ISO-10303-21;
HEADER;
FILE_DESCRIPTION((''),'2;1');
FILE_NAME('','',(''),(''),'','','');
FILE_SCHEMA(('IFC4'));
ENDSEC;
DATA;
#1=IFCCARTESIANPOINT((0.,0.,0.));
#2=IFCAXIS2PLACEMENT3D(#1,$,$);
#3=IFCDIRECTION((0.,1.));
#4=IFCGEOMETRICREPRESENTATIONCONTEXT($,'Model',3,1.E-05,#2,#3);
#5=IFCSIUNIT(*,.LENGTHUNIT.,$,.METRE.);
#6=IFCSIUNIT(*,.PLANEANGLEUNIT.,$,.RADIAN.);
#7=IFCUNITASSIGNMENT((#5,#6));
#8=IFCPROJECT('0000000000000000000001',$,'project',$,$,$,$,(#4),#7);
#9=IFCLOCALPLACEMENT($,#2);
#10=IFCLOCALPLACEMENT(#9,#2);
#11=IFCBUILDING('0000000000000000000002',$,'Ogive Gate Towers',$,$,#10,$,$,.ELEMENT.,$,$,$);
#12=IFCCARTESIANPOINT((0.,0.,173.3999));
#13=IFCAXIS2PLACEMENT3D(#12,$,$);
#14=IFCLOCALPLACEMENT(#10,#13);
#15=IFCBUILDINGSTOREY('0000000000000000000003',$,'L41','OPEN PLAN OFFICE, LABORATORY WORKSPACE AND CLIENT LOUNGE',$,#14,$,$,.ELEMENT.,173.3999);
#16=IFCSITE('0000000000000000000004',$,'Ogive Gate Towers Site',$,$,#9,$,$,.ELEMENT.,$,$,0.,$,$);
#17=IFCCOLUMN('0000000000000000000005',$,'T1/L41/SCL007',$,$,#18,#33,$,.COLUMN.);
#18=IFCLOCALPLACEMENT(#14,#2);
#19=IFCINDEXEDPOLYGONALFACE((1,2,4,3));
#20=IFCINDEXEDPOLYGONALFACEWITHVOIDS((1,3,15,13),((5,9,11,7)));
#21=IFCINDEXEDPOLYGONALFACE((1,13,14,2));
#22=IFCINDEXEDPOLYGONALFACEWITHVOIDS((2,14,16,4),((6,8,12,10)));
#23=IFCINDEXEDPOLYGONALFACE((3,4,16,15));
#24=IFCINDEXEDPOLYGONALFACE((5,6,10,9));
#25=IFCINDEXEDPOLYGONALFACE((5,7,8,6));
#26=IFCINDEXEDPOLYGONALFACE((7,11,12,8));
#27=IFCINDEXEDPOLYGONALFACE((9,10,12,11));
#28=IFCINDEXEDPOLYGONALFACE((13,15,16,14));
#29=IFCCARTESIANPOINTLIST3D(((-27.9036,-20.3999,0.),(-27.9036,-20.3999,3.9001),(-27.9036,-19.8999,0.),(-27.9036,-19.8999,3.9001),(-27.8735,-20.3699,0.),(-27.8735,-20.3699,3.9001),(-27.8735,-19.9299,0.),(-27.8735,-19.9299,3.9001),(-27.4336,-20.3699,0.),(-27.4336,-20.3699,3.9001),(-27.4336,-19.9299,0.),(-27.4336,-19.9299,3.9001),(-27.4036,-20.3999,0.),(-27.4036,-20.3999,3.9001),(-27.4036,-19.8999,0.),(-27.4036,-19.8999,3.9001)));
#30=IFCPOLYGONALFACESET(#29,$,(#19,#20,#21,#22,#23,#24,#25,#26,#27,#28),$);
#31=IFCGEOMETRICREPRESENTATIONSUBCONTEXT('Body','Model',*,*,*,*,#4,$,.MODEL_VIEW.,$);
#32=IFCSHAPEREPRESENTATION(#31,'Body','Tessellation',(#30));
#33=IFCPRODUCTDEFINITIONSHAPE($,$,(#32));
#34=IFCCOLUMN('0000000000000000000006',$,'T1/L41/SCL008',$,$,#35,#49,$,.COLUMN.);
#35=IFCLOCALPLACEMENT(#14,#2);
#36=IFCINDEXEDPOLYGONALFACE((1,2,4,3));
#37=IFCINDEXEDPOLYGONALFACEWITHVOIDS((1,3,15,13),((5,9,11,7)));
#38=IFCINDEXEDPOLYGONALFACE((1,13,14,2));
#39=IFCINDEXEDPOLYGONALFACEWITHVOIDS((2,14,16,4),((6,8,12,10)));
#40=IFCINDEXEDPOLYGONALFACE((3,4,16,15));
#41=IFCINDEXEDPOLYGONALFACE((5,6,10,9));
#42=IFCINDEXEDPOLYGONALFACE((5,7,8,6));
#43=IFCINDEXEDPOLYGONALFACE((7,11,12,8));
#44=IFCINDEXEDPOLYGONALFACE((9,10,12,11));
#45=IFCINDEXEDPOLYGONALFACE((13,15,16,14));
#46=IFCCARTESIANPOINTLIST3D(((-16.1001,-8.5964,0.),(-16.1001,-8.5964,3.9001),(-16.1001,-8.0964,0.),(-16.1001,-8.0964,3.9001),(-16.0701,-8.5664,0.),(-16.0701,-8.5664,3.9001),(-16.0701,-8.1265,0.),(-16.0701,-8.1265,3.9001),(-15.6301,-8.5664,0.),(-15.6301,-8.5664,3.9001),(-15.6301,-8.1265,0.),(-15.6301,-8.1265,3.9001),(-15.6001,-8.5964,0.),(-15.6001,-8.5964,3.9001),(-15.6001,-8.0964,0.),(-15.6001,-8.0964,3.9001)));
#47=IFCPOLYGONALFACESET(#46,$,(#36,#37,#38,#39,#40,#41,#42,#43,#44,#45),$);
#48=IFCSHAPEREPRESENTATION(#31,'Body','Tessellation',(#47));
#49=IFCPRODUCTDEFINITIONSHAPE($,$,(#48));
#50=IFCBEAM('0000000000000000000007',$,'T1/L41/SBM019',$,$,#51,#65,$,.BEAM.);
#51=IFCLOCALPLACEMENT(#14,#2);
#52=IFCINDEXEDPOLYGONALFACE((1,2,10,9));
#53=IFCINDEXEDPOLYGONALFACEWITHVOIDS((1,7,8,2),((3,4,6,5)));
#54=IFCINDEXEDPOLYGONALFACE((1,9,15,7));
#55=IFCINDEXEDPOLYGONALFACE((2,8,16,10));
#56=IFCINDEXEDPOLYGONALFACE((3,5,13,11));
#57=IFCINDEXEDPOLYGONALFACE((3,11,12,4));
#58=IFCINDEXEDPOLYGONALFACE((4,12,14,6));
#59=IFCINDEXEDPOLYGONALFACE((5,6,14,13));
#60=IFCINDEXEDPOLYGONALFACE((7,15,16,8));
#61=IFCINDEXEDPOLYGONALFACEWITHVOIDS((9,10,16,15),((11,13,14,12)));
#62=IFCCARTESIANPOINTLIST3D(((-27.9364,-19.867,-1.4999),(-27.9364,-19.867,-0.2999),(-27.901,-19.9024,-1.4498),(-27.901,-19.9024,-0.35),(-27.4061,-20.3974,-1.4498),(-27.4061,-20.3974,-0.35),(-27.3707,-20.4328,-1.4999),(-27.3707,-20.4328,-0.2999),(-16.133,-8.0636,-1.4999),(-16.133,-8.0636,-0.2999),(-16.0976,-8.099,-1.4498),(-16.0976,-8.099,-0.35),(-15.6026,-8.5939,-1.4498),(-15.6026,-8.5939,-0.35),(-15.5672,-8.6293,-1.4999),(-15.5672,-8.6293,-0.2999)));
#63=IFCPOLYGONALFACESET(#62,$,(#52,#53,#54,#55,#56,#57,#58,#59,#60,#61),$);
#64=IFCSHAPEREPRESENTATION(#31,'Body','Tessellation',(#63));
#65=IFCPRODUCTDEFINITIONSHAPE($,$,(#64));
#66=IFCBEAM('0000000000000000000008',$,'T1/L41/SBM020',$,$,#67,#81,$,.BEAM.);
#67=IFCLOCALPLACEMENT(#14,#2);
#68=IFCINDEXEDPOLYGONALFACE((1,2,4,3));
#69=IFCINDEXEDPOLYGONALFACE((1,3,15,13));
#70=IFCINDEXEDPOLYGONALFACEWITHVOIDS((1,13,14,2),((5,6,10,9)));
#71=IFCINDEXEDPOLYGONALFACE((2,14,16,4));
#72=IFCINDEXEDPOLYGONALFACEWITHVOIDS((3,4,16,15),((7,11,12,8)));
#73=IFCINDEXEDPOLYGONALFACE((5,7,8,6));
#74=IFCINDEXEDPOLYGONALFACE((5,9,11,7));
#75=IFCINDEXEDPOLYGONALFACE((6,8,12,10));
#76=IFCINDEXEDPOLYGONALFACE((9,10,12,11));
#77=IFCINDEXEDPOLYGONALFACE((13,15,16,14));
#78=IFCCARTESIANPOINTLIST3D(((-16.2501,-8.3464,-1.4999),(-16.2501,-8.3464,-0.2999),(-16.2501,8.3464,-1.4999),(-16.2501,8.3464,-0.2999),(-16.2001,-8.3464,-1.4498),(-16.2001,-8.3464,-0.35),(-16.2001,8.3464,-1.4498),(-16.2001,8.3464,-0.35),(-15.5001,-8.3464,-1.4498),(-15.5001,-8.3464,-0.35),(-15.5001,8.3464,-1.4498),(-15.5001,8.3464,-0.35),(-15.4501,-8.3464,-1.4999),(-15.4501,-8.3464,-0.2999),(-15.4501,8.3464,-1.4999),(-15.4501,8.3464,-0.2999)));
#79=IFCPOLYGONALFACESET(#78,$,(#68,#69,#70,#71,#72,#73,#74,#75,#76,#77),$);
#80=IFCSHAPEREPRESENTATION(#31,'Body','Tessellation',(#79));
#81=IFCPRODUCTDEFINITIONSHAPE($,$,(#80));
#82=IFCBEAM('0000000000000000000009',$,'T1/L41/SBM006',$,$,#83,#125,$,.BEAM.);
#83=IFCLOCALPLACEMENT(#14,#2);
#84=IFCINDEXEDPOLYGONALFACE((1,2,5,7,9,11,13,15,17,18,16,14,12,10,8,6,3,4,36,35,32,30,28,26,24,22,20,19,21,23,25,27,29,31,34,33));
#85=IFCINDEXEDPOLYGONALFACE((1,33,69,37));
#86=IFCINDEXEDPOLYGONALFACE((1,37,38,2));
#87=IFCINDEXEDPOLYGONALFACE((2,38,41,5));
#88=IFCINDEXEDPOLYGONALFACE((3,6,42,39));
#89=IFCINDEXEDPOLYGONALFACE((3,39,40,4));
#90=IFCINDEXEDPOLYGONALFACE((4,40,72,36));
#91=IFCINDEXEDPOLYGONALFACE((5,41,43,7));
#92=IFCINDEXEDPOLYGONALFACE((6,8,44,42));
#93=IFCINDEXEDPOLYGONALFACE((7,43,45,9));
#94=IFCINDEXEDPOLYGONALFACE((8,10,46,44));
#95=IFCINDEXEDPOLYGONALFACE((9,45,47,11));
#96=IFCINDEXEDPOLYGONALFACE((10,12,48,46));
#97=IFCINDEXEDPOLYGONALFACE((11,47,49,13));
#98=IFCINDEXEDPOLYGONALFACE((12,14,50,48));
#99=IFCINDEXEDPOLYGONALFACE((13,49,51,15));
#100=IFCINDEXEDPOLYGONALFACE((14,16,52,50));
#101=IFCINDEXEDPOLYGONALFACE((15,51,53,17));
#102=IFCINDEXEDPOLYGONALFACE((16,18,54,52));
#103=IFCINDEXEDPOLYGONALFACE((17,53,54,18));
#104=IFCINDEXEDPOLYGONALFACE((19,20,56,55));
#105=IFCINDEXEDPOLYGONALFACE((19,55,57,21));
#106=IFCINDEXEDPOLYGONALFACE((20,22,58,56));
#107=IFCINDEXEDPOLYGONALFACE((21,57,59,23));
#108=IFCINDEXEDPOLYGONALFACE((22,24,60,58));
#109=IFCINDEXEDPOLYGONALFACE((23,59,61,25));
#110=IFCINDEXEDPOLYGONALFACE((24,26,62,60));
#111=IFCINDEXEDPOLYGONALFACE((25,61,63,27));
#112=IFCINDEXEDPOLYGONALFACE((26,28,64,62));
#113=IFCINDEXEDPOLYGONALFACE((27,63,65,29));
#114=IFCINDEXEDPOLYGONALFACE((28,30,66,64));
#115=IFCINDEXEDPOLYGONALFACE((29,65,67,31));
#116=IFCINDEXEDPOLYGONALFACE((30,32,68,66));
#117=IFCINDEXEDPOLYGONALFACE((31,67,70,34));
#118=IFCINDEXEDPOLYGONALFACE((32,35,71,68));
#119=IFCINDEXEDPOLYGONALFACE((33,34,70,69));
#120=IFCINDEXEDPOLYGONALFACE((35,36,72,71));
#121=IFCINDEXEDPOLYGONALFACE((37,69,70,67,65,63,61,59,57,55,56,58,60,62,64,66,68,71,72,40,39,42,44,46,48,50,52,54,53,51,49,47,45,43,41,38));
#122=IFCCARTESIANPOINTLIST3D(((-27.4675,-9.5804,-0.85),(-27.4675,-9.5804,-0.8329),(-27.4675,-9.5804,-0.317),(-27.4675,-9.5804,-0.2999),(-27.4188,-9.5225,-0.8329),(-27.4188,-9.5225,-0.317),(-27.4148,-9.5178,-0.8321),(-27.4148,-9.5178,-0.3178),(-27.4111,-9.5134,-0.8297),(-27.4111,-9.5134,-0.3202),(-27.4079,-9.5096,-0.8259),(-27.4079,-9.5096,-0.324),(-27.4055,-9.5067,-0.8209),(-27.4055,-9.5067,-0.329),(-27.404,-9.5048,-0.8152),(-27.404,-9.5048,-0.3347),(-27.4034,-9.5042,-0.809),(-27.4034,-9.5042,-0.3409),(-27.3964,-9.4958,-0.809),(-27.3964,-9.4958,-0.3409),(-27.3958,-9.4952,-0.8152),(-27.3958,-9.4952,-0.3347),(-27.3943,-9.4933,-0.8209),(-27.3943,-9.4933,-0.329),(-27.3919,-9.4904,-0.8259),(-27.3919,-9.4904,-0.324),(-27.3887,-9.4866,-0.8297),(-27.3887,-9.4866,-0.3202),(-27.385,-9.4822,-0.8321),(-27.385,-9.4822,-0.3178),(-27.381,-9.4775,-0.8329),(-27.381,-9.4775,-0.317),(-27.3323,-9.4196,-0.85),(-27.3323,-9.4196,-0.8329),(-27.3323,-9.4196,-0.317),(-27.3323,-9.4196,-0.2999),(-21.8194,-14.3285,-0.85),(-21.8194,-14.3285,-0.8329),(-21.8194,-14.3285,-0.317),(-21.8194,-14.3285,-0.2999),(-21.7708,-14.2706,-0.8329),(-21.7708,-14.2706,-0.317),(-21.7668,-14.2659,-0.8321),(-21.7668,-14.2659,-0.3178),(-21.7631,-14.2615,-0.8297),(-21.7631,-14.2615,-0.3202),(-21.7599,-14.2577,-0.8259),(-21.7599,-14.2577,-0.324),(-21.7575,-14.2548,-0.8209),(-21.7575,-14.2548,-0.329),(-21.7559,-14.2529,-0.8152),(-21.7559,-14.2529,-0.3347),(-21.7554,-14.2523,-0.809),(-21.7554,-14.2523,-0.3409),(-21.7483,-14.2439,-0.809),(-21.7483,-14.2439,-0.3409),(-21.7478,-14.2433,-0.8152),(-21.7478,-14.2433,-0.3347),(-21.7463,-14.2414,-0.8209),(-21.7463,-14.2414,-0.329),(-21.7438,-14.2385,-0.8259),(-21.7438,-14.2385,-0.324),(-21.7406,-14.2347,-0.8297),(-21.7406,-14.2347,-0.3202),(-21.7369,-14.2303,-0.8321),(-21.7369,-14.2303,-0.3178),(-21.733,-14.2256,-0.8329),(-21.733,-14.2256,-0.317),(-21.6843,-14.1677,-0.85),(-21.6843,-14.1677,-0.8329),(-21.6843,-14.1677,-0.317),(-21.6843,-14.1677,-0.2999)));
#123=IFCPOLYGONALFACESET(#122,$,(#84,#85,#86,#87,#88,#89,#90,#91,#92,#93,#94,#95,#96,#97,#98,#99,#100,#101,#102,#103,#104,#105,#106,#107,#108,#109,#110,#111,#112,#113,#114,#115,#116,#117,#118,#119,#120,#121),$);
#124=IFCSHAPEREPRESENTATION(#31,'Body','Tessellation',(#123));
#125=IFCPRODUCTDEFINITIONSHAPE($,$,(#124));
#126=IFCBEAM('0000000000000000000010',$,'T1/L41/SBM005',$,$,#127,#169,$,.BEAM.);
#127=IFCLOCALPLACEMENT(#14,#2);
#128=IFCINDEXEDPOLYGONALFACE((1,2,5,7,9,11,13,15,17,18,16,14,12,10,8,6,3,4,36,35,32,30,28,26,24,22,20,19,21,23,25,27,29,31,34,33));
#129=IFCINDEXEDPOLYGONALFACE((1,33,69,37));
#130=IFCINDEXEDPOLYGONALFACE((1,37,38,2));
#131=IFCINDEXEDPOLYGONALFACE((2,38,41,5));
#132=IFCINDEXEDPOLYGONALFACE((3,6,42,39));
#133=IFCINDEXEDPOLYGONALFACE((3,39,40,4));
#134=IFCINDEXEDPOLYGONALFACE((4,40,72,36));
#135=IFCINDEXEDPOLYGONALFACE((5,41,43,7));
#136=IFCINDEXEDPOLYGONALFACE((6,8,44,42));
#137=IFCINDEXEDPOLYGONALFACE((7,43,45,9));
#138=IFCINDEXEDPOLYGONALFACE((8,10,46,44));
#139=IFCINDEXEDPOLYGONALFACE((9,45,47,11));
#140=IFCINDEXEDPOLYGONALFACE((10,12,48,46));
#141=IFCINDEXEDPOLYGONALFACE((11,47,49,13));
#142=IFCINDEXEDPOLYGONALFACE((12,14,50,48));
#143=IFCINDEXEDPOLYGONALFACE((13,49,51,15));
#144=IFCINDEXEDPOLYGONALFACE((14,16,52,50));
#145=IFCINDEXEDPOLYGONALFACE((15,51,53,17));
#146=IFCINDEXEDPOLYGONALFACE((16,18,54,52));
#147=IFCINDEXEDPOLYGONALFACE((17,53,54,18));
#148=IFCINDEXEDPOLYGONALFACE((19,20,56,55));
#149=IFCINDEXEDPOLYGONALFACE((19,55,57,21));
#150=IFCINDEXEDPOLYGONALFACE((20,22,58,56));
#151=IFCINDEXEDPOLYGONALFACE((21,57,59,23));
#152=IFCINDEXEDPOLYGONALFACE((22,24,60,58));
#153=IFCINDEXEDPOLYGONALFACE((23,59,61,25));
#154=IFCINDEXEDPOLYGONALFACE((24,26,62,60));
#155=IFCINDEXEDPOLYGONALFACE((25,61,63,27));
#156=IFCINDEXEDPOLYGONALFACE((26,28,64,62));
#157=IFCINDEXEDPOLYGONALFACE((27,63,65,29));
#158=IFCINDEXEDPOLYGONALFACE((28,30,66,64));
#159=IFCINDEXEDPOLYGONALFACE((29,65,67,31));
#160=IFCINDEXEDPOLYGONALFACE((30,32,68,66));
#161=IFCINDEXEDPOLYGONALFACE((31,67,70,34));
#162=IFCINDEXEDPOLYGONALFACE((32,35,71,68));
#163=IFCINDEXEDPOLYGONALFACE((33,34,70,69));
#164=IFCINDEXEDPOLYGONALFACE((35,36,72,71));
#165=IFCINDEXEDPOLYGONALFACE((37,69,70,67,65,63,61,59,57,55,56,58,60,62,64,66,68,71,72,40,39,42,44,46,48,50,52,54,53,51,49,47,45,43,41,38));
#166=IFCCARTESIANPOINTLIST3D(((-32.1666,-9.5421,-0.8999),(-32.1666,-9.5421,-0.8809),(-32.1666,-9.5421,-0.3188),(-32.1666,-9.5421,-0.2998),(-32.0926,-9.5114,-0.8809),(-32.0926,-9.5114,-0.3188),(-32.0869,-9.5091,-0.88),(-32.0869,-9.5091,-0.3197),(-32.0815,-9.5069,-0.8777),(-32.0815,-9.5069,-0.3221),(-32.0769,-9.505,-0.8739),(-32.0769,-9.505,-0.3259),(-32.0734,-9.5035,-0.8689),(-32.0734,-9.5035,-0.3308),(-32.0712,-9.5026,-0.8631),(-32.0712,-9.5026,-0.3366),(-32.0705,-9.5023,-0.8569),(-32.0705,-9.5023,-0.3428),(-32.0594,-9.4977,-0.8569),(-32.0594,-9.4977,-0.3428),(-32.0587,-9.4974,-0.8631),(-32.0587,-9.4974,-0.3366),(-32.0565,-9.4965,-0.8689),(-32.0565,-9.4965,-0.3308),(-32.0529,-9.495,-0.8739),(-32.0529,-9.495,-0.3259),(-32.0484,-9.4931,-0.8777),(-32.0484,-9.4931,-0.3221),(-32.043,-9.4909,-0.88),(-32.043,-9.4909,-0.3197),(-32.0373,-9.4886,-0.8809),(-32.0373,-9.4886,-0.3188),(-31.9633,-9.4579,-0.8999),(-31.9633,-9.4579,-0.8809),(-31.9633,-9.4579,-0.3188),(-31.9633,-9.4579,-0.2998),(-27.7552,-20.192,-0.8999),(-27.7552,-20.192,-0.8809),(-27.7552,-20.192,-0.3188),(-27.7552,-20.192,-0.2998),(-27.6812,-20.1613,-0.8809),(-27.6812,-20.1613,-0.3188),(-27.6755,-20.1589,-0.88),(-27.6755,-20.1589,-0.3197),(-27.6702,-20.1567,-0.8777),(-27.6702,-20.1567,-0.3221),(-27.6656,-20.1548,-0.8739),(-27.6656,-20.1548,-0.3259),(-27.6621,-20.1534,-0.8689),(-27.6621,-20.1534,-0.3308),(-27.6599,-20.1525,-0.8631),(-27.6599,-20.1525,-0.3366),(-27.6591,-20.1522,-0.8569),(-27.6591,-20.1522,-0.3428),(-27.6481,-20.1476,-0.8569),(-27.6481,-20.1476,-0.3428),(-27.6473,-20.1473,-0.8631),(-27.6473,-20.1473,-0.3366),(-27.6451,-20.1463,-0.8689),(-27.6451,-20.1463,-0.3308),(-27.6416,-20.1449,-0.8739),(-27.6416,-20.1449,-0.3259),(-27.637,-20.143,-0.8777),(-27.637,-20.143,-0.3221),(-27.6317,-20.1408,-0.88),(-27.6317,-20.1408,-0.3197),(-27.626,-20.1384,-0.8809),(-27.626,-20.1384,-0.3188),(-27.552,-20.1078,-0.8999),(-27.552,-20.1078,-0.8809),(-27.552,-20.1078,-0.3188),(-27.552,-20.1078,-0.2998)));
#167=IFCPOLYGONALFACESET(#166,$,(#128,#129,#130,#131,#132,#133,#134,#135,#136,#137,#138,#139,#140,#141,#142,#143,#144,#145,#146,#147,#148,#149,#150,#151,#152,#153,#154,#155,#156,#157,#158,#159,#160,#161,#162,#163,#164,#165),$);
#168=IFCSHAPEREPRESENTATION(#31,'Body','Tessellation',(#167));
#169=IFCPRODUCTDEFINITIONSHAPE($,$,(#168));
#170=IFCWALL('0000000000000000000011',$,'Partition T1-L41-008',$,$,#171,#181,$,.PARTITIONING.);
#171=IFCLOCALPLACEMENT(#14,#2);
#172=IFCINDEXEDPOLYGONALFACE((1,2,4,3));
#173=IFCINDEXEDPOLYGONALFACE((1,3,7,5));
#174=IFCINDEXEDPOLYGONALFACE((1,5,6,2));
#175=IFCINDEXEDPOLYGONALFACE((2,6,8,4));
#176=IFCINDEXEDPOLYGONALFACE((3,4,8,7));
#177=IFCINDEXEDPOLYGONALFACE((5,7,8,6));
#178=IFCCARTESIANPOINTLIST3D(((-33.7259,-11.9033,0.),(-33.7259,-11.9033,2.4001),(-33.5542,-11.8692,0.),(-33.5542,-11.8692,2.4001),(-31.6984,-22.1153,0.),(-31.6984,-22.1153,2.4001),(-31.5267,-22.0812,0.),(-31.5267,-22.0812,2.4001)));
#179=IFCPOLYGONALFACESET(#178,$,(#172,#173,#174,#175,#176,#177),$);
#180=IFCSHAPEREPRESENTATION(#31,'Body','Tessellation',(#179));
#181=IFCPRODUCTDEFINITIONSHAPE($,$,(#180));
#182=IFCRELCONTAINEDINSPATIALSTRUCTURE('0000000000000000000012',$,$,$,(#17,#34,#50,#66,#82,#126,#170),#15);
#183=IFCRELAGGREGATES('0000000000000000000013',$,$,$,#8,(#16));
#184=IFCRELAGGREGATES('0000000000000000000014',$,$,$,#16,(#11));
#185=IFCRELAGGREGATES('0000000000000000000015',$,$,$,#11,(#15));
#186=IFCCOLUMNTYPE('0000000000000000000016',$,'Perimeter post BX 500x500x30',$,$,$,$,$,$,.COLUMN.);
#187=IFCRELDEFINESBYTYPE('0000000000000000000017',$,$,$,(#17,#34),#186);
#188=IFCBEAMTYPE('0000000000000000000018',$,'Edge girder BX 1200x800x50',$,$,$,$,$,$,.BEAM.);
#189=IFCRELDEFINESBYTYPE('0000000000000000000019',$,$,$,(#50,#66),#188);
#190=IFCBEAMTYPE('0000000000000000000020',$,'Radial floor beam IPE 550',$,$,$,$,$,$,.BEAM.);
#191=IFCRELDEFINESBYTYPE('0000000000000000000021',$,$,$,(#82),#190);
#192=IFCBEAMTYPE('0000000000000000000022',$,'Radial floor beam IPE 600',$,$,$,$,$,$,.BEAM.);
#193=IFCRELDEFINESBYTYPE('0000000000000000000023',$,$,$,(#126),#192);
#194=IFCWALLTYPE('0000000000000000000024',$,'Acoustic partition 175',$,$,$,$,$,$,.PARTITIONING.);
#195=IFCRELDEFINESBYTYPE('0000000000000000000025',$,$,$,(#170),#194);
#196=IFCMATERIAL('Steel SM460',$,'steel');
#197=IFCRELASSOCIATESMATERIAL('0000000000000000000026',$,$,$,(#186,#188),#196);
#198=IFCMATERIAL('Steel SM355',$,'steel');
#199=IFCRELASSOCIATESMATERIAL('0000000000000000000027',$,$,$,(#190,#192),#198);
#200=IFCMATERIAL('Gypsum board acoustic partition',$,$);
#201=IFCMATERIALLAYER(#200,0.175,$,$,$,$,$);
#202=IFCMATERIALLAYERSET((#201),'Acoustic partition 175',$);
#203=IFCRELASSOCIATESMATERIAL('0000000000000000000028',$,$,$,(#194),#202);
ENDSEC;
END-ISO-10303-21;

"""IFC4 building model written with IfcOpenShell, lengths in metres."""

from ifc_helpers import new_model, si_unit, direction, frame, frame_2d, origin, origin_2d, place, context, subcontext, project, spatial, rectangle, hollow_rectangle, i_section, extrude, material, layer, layer_set, material_profile, profile_set, type_object, element, save


model = new_model("IFC4")

# Units and contexts
model_context = context("Model", 3, precision=1e-05, world=origin(), true_north=direction((0.0, 1.0)))
body_context = subcontext(model_context, "Body", "Model", "MODEL_VIEW")
ifc_project = project(units=[si_unit("LENGTHUNIT", "METRE"), si_unit("PLANEANGLEUNIT", "RADIAN")], contexts=[model_context])

# Site, building, storey
site_placement = place(None, origin())
site = spatial("IfcSite", under=ifc_project, at=site_placement, Name="Ogive Gate Towers Site", CompositionType="ELEMENT", RefElevation=0.0)
building_placement = place(site_placement, origin())
building = spatial("IfcBuilding", under=site, at=building_placement, Name="Ogive Gate Towers", CompositionType="ELEMENT")
storey_placement = place(building_placement, frame((0.0, 0.0, 173.3999)))
storey = spatial("IfcBuildingStorey", under=building, at=storey_placement, Name="L41", Description="OPEN PLAN OFFICE, LABORATORY WORKSPACE AND CLIENT LOUNGE", CompositionType="ELEMENT", Elevation=173.3999)

# Columns
ifc_material_1 = material(Name="Steel SM460", Category="steel")
ifc_material_profile_1 = material_profile(ifc_material_1, hollow_rectangle(XDim=0.5, YDim=0.5, WallThickness=0.03, at=origin_2d()), Name="BX 500x500x30")
ifc_profile_set_1 = profile_set([ifc_material_profile_1], Name="Steel SM460")
column_type = type_object("IfcColumnType", Name="Perimeter post BX 500x500x30", PredefinedType="COLUMN", material=ifc_profile_set_1)
for number, where, z_axis, x_axis, name in (
    (1, (-27.6536, -20.1499, 0.0), (0.0, 0.0, 1.0), (1.0, 0.0, 0.0), "T1/L41/SCL007"),
    (2, (-15.8501, -8.3464, 0.0), (0.0, 0.0, 1.0), (1.0, 0.0, 0.0), "T1/L41/SCL008"),
):
    element("IfcColumn", number, at=place(storey_placement, frame(where, z_axis=z_axis, x_axis=x_axis)), inside=storey, type_object=column_type, Name=name, PredefinedType="COLUMN", context=body_context, shape_type="SweptSolid", body=[
        extrude(hollow_rectangle(XDim=0.5, YDim=0.5, WallThickness=0.03, at=origin_2d()), origin(), (0.0, 0.0, 1.0), 3.9001),
    ])

# Beams
ifc_material_profile_2 = material_profile(ifc_material_1, hollow_rectangle(XDim=0.8, YDim=1.2, WallThickness=0.05, at=origin_2d()), Name="BX 1200x800x50")
ifc_profile_set_2 = profile_set([ifc_material_profile_2], Name="Steel SM460")
beam_type_1 = type_object("IfcBeamType", Name="Edge girder BX 1200x800x50", PredefinedType="BEAM", material=ifc_profile_set_2)
beam_1_placement = place(storey_placement, frame((-27.6536, -20.1499, -0.8999), z_axis=(0.707107, 0.707107, 0.0), x_axis=(-0.707107, 0.707107, 0.0)))
element("IfcBeam", 3, at=beam_1_placement, inside=storey, type_object=beam_type_1, Name="T1/L41/SBM019", PredefinedType="BEAM", context=body_context, shape_type="SweptSolid", body=[
    extrude(hollow_rectangle(XDim=0.8, YDim=1.2, WallThickness=0.05, at=origin_2d()), origin(), (0.0, 0.0, 1.0), 16.6926),
])
beam_2_placement = place(storey_placement, frame((-15.8501, -8.3464, -0.8999), z_axis=(0.0, 1.0, 0.0), x_axis=(-1.0, 0.0, 0.0)))
element("IfcBeam", 4, at=beam_2_placement, inside=storey, type_object=beam_type_1, Name="T1/L41/SBM020", PredefinedType="BEAM", context=body_context, shape_type="SweptSolid", body=[
    extrude(hollow_rectangle(XDim=0.8, YDim=1.2, WallThickness=0.05, at=origin_2d()), origin(), (0.0, 0.0, 1.0), 16.6929),
])
ifc_material_2 = material(Name="Steel SM355", Category="steel")
ifc_material_profile_3 = material_profile(ifc_material_2, i_section(OverallWidth=0.21, OverallDepth=0.55, WebThickness=0.011, FlangeThickness=0.0171, FilletRadius=0.0239, at=origin_2d()), Name="IPE 550")
ifc_profile_set_3 = profile_set([ifc_material_profile_3], Name="Steel SM355")
beam_type_2 = type_object("IfcBeamType", Name="Radial floor beam IPE 550", PredefinedType="BEAM", material=ifc_profile_set_3)
beam_3_placement = place(storey_placement, frame((-27.3999, -9.5, -0.575), z_axis=(0.765453, -0.643492, 0.0), x_axis=(0.643492, 0.765453, 0.0)))
element("IfcBeam", 5, at=beam_3_placement, inside=storey, type_object=beam_type_2, Name="T1/L41/SBM006", PredefinedType="BEAM", context=body_context, shape_type="SweptSolid", body=[
    extrude(i_section(OverallWidth=0.21, OverallDepth=0.55, WebThickness=0.011, FlangeThickness=0.0171, FilletRadius=0.0239, at=origin_2d()), origin(), (0.0, 0.0, 1.0), 7.3787),
])
ifc_material_profile_4 = material_profile(ifc_material_2, i_section(OverallWidth=0.22, OverallDepth=0.6001, WebThickness=0.012, FlangeThickness=0.019, FilletRadius=0.0239, at=origin_2d()), Name="IPE 600")
ifc_profile_set_4 = profile_set([ifc_material_profile_4], Name="Steel SM355")
beam_type_3 = type_object("IfcBeamType", Name="Radial floor beam IPE 600", PredefinedType="BEAM", material=ifc_profile_set_4)
beam_4_placement = place(storey_placement, frame((-32.0649, -9.5, -0.5999), z_axis=(0.382687, -0.923878, 0.0), x_axis=(0.923878, 0.382687, 0.0)))
element("IfcBeam", 6, at=beam_4_placement, inside=storey, type_object=beam_type_3, Name="T1/L41/SBM005", PredefinedType="BEAM", context=body_context, shape_type="SweptSolid", body=[
    extrude(i_section(OverallWidth=0.22, OverallDepth=0.6001, WebThickness=0.012, FlangeThickness=0.019, FilletRadius=0.0239, at=origin_2d()), origin(), (0.0, 0.0, 1.0), 11.5273),
])

# Wall
ifc_material_3 = material(Name="Gypsum board acoustic partition")
ifc_layer_1 = layer(ifc_material_3, 0.175)
ifc_layer_set_1 = layer_set([ifc_layer_1], Name="Acoustic partition 175")
wall_type_1 = type_object("IfcWallType", Name="Acoustic partition 175", PredefinedType="PARTITIONING", material=ifc_layer_set_1)
wall_1_placement = place(storey_placement, frame((-31.6125, -22.0981, 0.0), z_axis=(0.0, 0.0, 1.0), x_axis=(-0.194745, 0.980854, 0.0)))
element("IfcWall", 7, at=wall_1_placement, inside=storey, type_object=wall_type_1, Name="Partition T1-L41-008", PredefinedType="PARTITIONING", context=body_context, shape_type="SweptSolid", body=[
    extrude(rectangle(XDim=10.4114, YDim=0.175, at=frame_2d((5.2056, 0.0))), origin(), (0.0, 0.0, 1.0), 2.4001),
])

save(model, "model.ifc")
